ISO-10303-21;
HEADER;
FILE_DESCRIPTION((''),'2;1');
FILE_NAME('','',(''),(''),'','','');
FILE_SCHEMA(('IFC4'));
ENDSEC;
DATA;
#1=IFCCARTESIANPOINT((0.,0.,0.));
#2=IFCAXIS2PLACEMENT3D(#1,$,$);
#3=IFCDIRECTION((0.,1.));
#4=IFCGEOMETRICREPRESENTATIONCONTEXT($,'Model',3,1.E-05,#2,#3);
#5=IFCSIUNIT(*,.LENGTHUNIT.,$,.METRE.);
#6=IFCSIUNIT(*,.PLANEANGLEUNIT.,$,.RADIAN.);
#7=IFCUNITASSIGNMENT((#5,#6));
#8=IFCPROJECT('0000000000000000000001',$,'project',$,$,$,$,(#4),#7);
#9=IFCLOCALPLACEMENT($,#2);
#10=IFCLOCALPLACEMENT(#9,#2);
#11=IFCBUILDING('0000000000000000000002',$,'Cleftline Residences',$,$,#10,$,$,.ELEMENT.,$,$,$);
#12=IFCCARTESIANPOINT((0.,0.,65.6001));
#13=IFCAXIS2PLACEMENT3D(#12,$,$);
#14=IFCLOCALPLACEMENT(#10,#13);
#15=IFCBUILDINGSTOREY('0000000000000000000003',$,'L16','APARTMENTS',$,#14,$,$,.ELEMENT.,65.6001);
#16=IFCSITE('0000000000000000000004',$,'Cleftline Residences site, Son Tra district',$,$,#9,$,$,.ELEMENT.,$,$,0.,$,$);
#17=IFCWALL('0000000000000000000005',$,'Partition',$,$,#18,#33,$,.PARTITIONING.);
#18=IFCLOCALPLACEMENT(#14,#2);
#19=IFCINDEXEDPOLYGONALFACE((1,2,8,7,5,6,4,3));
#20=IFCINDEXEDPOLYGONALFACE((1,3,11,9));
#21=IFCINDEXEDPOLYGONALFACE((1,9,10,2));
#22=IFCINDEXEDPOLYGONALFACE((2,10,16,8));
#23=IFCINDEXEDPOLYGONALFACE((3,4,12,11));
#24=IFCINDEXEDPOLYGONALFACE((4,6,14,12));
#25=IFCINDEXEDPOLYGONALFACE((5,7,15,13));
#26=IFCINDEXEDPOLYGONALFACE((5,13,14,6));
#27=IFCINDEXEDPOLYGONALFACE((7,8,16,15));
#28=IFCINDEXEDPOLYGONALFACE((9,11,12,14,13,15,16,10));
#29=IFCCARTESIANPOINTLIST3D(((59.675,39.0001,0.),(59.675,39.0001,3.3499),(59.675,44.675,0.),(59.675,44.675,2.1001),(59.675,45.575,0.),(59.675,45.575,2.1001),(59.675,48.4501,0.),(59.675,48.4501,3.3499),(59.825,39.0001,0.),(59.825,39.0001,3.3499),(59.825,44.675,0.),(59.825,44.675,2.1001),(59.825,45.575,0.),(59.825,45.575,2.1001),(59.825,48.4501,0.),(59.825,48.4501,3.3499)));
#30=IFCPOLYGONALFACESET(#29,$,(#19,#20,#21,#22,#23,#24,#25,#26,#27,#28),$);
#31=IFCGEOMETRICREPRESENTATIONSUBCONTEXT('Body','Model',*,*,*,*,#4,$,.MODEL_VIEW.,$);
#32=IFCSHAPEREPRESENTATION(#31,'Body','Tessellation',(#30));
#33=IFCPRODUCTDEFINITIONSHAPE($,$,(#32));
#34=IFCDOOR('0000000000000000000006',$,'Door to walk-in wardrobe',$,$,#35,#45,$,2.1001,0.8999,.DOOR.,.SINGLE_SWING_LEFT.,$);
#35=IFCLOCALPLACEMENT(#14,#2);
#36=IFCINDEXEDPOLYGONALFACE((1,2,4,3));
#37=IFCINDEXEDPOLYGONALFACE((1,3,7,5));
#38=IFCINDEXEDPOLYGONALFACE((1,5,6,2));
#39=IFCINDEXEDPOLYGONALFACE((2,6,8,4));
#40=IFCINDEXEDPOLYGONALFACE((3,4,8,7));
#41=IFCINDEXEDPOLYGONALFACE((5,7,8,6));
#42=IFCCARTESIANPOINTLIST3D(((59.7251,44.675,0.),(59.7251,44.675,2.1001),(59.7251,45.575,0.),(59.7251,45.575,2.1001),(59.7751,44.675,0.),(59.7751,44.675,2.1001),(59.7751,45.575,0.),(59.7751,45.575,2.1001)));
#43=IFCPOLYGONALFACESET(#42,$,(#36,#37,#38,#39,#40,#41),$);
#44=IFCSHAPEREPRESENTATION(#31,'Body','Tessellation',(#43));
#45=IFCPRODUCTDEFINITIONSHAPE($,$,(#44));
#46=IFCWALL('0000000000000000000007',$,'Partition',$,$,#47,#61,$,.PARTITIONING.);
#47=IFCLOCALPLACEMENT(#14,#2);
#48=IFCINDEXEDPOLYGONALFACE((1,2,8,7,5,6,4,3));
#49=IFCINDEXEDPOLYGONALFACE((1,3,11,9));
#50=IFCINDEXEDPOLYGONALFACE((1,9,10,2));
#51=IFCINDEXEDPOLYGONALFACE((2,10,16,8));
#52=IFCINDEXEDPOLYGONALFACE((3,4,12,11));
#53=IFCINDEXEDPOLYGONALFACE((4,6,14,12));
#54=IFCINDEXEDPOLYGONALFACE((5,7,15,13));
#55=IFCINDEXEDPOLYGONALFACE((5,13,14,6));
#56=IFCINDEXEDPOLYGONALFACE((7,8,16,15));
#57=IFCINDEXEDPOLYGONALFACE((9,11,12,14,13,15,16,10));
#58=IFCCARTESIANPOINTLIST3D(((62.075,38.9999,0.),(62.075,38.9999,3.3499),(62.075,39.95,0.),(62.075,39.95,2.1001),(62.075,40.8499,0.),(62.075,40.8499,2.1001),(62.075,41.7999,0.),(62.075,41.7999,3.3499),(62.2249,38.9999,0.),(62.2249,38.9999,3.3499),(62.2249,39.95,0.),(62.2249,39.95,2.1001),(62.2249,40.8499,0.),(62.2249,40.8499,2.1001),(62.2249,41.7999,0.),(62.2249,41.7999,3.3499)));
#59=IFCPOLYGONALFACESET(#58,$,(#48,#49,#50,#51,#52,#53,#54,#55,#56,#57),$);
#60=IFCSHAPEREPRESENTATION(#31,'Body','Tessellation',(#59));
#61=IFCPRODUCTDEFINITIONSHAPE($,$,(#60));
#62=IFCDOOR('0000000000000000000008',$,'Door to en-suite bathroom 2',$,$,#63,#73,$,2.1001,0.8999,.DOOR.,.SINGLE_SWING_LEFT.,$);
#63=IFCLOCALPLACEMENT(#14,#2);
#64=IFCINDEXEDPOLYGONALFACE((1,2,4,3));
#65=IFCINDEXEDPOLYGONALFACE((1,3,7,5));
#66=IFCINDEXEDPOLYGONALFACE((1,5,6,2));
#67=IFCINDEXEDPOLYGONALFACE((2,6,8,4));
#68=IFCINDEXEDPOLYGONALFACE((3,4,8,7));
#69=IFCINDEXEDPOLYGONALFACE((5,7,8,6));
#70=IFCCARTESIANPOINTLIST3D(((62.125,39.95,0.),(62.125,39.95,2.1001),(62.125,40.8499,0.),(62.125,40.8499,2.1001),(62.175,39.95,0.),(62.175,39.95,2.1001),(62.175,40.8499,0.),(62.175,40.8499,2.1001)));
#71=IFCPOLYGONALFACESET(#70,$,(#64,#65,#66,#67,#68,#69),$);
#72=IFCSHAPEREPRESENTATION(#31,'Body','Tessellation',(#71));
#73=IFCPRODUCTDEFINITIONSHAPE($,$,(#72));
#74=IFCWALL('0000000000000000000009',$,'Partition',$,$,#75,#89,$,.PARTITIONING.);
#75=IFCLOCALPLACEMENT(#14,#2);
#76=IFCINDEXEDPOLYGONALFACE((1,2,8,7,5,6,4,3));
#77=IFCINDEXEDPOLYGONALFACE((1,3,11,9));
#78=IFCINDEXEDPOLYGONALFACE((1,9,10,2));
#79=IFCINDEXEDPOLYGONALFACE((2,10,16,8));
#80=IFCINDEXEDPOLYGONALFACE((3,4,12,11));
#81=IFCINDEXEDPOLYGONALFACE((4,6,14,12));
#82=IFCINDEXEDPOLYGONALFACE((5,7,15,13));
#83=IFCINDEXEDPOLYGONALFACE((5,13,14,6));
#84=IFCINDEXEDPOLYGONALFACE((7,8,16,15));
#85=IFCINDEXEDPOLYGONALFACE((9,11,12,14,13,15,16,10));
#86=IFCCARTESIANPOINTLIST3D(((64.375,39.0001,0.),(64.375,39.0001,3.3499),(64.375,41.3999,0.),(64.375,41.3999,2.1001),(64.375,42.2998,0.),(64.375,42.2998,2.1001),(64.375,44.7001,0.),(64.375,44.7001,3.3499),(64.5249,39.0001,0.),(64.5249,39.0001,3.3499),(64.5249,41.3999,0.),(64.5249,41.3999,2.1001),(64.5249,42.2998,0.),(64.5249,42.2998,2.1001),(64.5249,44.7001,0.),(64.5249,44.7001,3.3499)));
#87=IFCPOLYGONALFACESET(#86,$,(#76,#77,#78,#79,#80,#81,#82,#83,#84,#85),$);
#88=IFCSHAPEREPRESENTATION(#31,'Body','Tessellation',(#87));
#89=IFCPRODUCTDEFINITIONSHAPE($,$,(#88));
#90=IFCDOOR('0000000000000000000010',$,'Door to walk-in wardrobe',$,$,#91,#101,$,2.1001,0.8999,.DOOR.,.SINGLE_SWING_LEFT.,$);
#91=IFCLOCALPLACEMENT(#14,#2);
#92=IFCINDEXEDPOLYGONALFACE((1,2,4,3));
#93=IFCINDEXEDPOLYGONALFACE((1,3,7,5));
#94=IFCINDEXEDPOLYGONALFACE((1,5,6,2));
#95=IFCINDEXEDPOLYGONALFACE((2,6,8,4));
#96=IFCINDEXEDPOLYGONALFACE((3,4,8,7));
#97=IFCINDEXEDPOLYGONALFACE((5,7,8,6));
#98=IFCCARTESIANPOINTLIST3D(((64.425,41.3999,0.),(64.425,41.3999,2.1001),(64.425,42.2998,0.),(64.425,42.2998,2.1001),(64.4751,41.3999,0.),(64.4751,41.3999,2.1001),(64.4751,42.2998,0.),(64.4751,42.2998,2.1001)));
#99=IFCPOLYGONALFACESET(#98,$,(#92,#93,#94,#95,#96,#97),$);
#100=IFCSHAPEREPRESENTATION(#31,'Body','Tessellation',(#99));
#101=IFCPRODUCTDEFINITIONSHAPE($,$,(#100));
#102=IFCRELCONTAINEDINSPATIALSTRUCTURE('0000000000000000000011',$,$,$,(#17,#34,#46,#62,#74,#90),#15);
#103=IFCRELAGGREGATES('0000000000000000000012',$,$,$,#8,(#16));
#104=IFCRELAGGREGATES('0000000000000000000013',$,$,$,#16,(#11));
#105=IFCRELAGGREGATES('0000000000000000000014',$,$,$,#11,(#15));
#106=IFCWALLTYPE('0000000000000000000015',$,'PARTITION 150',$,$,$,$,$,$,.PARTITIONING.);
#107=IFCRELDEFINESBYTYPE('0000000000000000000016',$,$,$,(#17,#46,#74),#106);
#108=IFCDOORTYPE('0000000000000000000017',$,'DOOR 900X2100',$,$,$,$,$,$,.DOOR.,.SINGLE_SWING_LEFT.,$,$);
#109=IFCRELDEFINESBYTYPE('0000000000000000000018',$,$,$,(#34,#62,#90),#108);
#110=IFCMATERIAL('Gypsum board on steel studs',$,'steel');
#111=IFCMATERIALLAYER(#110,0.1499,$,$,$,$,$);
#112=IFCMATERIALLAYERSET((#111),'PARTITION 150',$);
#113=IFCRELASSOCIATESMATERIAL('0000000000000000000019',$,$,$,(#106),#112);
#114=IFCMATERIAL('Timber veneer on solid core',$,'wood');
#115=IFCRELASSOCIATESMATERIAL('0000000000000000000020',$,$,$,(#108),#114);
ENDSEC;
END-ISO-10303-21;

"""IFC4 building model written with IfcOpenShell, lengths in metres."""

from ifc_helpers import new_model, si_unit, direction, frame, frame_2d, origin, place, context, subcontext, project, spatial, rectangle, extrude, material, layer, layer_set, type_object, element, fill, save


model = new_model("IFC4")

# Units and contexts
model_context = context("Model", 3, precision=1e-05, world=origin(), true_north=direction((0.0, 1.0)))
body_context = subcontext(model_context, "Body", "Model", "MODEL_VIEW")
ifc_project = project(units=[si_unit("LENGTHUNIT", "METRE"), si_unit("PLANEANGLEUNIT", "RADIAN")], contexts=[model_context])

# Site, building, storey
site_placement = place(None, origin())
site = spatial("IfcSite", under=ifc_project, at=site_placement, Name="Cleftline Residences site, Son Tra district", CompositionType="ELEMENT", RefElevation=0.0)
building_placement = place(site_placement, origin())
building = spatial("IfcBuilding", under=site, at=building_placement, Name="Cleftline Residences", CompositionType="ELEMENT")
storey_placement = place(building_placement, frame((0.0, 0.0, 65.6001)))
storey = spatial("IfcBuildingStorey", under=building, at=storey_placement, Name="L16", Description="APARTMENTS", CompositionType="ELEMENT", Elevation=65.6001)

# Shared definitions
ifc_material_1 = material(Name="Gypsum board on steel studs", Category="steel")
ifc_layer = layer(ifc_material_1, 0.1499)
ifc_layer_set = layer_set([ifc_layer], Name="PARTITION 150")
wall_type = type_object("IfcWallType", Name="PARTITION 150", PredefinedType="PARTITIONING", material=ifc_layer_set)
ifc_material_2 = material(Name="Timber veneer on solid core", Category="wood")
door_type_1 = type_object("IfcDoorType", Name="DOOR 900X2100", OperationType="SINGLE_SWING_LEFT", PredefinedType="DOOR", material=ifc_material_2)

# Walls, openings, doors
wall_1_placement = place(storey_placement, frame((59.75, 39.0, 0.0), z_axis=(0.0, 0.0, 1.0), x_axis=(0.0, 1.0, 0.0)))
wall_1 = element("IfcWall", 1, at=wall_1_placement, inside=storey, type_object=wall_type, Name="Partition", PredefinedType="PARTITIONING", context=body_context, shape_type="SweptSolid", body=[
    extrude(rectangle(XDim=9.45, YDim=0.1499, at=frame_2d((4.7251, 0.0))), origin(), (0.0, 0.0, 1.0), 3.3499),
])
opening_1_placement = place(wall_1_placement, frame((5.675, 0.0, 0.0)))
opening_1 = element("IfcOpeningElement", 2, at=opening_1_placement, cuts=wall_1, PredefinedType="OPENING", context=body_context, shape_type="SweptSolid", body=[
    extrude(rectangle(XDim=0.8999, YDim=2.1001, at=frame_2d((0.45, 1.05))), frame((0.0, 0.085, 0.0), z_axis=(0.0, -1.0, 0.0), x_axis=(1.0, 0.0, 0.0)), (0.0, 0.0, 1.0), 0.1699),
])
door_1_placement = place(opening_1_placement, origin())
door_1 = element("IfcDoor", 3, at=door_1_placement, inside=storey, type_object=door_type_1, Name="Door to walk-in wardrobe", OperationType="SINGLE_SWING_LEFT", OverallHeight=2.1001, OverallWidth=0.8999, PredefinedType="DOOR", context=body_context, shape_type="SweptSolid", body=[
    extrude(rectangle(XDim=0.8999, YDim=2.1001, at=frame_2d((0.45, 1.05))), frame((0.0, 0.0249, 0.0), z_axis=(0.0, -1.0, 0.0), x_axis=(1.0, 0.0, 0.0)), (0.0, 0.0, 1.0), 0.05),
])
fill(opening_1, door_1)
wall_2_placement = place(storey_placement, frame((62.1499, 39.0, 0.0), z_axis=(0.0, 0.0, 1.0), x_axis=(0.0, 1.0, 0.0)))
wall_2 = element("IfcWall", 4, at=wall_2_placement, inside=storey, type_object=wall_type, Name="Partition", PredefinedType="PARTITIONING", context=body_context, shape_type="SweptSolid", body=[
    extrude(rectangle(XDim=2.8, YDim=0.1499, at=frame_2d((1.3999, 0.0))), origin(), (0.0, 0.0, 1.0), 3.3499),
])
opening_2_placement = place(wall_2_placement, frame((0.95, 0.0, 0.0)))
opening_2 = element("IfcOpeningElement", 5, at=opening_2_placement, cuts=wall_2, PredefinedType="OPENING", context=body_context, shape_type="SweptSolid", body=[
    extrude(rectangle(XDim=0.8999, YDim=2.1001, at=frame_2d((0.45, 1.05))), frame((0.0, 0.085, 0.0), z_axis=(0.0, -1.0, 0.0), x_axis=(1.0, 0.0, 0.0)), (0.0, 0.0, 1.0), 0.1699),
])
door_2_placement = place(opening_2_placement, origin())
door_2 = element("IfcDoor", 6, at=door_2_placement, inside=storey, type_object=door_type_1, Name="Door to en-suite bathroom 2", OperationType="SINGLE_SWING_LEFT", OverallHeight=2.1001, OverallWidth=0.8999, PredefinedType="DOOR", context=body_context, shape_type="SweptSolid", body=[
    extrude(rectangle(XDim=0.8999, YDim=2.1001, at=frame_2d((0.45, 1.05))), frame((0.0, 0.0249, 0.0), z_axis=(0.0, -1.0, 0.0), x_axis=(1.0, 0.0, 0.0)), (0.0, 0.0, 1.0), 0.05),
])
fill(opening_2, door_2)
wall_3_placement = place(storey_placement, frame((64.45, 39.0, 0.0), z_axis=(0.0, 0.0, 1.0), x_axis=(0.0, 1.0, 0.0)))
wall_3 = element("IfcWall", 7, at=wall_3_placement, inside=storey, type_object=wall_type, Name="Partition", PredefinedType="PARTITIONING", context=body_context, shape_type="SweptSolid", body=[
    extrude(rectangle(XDim=5.7, YDim=0.1499, at=frame_2d((2.8501, 0.0))), origin(), (0.0, 0.0, 1.0), 3.3499),
])
opening_3_placement = place(wall_3_placement, frame((2.3999, 0.0, 0.0)))
opening_3 = element("IfcOpeningElement", 8, at=opening_3_placement, cuts=wall_3, PredefinedType="OPENING", context=body_context, shape_type="SweptSolid", body=[
    extrude(rectangle(XDim=0.8999, YDim=2.1001, at=frame_2d((0.45, 1.05))), frame((0.0, 0.085, 0.0), z_axis=(0.0, -1.0, 0.0), x_axis=(1.0, 0.0, 0.0)), (0.0, 0.0, 1.0), 0.1699),
])
door_3_placement = place(opening_3_placement, origin())
door_3 = element("IfcDoor", 9, at=door_3_placement, inside=storey, type_object=door_type_1, Name="Door to walk-in wardrobe", OperationType="SINGLE_SWING_LEFT", OverallHeight=2.1001, OverallWidth=0.8999, PredefinedType="DOOR", context=body_context, shape_type="SweptSolid", body=[
    extrude(rectangle(XDim=0.8999, YDim=2.1001, at=frame_2d((0.45, 1.05))), frame((0.0, 0.0249, 0.0), z_axis=(0.0, -1.0, 0.0), x_axis=(1.0, 0.0, 0.0)), (0.0, 0.0, 1.0), 0.05),
])
fill(opening_3, door_3)

save(model, "model.ifc")
